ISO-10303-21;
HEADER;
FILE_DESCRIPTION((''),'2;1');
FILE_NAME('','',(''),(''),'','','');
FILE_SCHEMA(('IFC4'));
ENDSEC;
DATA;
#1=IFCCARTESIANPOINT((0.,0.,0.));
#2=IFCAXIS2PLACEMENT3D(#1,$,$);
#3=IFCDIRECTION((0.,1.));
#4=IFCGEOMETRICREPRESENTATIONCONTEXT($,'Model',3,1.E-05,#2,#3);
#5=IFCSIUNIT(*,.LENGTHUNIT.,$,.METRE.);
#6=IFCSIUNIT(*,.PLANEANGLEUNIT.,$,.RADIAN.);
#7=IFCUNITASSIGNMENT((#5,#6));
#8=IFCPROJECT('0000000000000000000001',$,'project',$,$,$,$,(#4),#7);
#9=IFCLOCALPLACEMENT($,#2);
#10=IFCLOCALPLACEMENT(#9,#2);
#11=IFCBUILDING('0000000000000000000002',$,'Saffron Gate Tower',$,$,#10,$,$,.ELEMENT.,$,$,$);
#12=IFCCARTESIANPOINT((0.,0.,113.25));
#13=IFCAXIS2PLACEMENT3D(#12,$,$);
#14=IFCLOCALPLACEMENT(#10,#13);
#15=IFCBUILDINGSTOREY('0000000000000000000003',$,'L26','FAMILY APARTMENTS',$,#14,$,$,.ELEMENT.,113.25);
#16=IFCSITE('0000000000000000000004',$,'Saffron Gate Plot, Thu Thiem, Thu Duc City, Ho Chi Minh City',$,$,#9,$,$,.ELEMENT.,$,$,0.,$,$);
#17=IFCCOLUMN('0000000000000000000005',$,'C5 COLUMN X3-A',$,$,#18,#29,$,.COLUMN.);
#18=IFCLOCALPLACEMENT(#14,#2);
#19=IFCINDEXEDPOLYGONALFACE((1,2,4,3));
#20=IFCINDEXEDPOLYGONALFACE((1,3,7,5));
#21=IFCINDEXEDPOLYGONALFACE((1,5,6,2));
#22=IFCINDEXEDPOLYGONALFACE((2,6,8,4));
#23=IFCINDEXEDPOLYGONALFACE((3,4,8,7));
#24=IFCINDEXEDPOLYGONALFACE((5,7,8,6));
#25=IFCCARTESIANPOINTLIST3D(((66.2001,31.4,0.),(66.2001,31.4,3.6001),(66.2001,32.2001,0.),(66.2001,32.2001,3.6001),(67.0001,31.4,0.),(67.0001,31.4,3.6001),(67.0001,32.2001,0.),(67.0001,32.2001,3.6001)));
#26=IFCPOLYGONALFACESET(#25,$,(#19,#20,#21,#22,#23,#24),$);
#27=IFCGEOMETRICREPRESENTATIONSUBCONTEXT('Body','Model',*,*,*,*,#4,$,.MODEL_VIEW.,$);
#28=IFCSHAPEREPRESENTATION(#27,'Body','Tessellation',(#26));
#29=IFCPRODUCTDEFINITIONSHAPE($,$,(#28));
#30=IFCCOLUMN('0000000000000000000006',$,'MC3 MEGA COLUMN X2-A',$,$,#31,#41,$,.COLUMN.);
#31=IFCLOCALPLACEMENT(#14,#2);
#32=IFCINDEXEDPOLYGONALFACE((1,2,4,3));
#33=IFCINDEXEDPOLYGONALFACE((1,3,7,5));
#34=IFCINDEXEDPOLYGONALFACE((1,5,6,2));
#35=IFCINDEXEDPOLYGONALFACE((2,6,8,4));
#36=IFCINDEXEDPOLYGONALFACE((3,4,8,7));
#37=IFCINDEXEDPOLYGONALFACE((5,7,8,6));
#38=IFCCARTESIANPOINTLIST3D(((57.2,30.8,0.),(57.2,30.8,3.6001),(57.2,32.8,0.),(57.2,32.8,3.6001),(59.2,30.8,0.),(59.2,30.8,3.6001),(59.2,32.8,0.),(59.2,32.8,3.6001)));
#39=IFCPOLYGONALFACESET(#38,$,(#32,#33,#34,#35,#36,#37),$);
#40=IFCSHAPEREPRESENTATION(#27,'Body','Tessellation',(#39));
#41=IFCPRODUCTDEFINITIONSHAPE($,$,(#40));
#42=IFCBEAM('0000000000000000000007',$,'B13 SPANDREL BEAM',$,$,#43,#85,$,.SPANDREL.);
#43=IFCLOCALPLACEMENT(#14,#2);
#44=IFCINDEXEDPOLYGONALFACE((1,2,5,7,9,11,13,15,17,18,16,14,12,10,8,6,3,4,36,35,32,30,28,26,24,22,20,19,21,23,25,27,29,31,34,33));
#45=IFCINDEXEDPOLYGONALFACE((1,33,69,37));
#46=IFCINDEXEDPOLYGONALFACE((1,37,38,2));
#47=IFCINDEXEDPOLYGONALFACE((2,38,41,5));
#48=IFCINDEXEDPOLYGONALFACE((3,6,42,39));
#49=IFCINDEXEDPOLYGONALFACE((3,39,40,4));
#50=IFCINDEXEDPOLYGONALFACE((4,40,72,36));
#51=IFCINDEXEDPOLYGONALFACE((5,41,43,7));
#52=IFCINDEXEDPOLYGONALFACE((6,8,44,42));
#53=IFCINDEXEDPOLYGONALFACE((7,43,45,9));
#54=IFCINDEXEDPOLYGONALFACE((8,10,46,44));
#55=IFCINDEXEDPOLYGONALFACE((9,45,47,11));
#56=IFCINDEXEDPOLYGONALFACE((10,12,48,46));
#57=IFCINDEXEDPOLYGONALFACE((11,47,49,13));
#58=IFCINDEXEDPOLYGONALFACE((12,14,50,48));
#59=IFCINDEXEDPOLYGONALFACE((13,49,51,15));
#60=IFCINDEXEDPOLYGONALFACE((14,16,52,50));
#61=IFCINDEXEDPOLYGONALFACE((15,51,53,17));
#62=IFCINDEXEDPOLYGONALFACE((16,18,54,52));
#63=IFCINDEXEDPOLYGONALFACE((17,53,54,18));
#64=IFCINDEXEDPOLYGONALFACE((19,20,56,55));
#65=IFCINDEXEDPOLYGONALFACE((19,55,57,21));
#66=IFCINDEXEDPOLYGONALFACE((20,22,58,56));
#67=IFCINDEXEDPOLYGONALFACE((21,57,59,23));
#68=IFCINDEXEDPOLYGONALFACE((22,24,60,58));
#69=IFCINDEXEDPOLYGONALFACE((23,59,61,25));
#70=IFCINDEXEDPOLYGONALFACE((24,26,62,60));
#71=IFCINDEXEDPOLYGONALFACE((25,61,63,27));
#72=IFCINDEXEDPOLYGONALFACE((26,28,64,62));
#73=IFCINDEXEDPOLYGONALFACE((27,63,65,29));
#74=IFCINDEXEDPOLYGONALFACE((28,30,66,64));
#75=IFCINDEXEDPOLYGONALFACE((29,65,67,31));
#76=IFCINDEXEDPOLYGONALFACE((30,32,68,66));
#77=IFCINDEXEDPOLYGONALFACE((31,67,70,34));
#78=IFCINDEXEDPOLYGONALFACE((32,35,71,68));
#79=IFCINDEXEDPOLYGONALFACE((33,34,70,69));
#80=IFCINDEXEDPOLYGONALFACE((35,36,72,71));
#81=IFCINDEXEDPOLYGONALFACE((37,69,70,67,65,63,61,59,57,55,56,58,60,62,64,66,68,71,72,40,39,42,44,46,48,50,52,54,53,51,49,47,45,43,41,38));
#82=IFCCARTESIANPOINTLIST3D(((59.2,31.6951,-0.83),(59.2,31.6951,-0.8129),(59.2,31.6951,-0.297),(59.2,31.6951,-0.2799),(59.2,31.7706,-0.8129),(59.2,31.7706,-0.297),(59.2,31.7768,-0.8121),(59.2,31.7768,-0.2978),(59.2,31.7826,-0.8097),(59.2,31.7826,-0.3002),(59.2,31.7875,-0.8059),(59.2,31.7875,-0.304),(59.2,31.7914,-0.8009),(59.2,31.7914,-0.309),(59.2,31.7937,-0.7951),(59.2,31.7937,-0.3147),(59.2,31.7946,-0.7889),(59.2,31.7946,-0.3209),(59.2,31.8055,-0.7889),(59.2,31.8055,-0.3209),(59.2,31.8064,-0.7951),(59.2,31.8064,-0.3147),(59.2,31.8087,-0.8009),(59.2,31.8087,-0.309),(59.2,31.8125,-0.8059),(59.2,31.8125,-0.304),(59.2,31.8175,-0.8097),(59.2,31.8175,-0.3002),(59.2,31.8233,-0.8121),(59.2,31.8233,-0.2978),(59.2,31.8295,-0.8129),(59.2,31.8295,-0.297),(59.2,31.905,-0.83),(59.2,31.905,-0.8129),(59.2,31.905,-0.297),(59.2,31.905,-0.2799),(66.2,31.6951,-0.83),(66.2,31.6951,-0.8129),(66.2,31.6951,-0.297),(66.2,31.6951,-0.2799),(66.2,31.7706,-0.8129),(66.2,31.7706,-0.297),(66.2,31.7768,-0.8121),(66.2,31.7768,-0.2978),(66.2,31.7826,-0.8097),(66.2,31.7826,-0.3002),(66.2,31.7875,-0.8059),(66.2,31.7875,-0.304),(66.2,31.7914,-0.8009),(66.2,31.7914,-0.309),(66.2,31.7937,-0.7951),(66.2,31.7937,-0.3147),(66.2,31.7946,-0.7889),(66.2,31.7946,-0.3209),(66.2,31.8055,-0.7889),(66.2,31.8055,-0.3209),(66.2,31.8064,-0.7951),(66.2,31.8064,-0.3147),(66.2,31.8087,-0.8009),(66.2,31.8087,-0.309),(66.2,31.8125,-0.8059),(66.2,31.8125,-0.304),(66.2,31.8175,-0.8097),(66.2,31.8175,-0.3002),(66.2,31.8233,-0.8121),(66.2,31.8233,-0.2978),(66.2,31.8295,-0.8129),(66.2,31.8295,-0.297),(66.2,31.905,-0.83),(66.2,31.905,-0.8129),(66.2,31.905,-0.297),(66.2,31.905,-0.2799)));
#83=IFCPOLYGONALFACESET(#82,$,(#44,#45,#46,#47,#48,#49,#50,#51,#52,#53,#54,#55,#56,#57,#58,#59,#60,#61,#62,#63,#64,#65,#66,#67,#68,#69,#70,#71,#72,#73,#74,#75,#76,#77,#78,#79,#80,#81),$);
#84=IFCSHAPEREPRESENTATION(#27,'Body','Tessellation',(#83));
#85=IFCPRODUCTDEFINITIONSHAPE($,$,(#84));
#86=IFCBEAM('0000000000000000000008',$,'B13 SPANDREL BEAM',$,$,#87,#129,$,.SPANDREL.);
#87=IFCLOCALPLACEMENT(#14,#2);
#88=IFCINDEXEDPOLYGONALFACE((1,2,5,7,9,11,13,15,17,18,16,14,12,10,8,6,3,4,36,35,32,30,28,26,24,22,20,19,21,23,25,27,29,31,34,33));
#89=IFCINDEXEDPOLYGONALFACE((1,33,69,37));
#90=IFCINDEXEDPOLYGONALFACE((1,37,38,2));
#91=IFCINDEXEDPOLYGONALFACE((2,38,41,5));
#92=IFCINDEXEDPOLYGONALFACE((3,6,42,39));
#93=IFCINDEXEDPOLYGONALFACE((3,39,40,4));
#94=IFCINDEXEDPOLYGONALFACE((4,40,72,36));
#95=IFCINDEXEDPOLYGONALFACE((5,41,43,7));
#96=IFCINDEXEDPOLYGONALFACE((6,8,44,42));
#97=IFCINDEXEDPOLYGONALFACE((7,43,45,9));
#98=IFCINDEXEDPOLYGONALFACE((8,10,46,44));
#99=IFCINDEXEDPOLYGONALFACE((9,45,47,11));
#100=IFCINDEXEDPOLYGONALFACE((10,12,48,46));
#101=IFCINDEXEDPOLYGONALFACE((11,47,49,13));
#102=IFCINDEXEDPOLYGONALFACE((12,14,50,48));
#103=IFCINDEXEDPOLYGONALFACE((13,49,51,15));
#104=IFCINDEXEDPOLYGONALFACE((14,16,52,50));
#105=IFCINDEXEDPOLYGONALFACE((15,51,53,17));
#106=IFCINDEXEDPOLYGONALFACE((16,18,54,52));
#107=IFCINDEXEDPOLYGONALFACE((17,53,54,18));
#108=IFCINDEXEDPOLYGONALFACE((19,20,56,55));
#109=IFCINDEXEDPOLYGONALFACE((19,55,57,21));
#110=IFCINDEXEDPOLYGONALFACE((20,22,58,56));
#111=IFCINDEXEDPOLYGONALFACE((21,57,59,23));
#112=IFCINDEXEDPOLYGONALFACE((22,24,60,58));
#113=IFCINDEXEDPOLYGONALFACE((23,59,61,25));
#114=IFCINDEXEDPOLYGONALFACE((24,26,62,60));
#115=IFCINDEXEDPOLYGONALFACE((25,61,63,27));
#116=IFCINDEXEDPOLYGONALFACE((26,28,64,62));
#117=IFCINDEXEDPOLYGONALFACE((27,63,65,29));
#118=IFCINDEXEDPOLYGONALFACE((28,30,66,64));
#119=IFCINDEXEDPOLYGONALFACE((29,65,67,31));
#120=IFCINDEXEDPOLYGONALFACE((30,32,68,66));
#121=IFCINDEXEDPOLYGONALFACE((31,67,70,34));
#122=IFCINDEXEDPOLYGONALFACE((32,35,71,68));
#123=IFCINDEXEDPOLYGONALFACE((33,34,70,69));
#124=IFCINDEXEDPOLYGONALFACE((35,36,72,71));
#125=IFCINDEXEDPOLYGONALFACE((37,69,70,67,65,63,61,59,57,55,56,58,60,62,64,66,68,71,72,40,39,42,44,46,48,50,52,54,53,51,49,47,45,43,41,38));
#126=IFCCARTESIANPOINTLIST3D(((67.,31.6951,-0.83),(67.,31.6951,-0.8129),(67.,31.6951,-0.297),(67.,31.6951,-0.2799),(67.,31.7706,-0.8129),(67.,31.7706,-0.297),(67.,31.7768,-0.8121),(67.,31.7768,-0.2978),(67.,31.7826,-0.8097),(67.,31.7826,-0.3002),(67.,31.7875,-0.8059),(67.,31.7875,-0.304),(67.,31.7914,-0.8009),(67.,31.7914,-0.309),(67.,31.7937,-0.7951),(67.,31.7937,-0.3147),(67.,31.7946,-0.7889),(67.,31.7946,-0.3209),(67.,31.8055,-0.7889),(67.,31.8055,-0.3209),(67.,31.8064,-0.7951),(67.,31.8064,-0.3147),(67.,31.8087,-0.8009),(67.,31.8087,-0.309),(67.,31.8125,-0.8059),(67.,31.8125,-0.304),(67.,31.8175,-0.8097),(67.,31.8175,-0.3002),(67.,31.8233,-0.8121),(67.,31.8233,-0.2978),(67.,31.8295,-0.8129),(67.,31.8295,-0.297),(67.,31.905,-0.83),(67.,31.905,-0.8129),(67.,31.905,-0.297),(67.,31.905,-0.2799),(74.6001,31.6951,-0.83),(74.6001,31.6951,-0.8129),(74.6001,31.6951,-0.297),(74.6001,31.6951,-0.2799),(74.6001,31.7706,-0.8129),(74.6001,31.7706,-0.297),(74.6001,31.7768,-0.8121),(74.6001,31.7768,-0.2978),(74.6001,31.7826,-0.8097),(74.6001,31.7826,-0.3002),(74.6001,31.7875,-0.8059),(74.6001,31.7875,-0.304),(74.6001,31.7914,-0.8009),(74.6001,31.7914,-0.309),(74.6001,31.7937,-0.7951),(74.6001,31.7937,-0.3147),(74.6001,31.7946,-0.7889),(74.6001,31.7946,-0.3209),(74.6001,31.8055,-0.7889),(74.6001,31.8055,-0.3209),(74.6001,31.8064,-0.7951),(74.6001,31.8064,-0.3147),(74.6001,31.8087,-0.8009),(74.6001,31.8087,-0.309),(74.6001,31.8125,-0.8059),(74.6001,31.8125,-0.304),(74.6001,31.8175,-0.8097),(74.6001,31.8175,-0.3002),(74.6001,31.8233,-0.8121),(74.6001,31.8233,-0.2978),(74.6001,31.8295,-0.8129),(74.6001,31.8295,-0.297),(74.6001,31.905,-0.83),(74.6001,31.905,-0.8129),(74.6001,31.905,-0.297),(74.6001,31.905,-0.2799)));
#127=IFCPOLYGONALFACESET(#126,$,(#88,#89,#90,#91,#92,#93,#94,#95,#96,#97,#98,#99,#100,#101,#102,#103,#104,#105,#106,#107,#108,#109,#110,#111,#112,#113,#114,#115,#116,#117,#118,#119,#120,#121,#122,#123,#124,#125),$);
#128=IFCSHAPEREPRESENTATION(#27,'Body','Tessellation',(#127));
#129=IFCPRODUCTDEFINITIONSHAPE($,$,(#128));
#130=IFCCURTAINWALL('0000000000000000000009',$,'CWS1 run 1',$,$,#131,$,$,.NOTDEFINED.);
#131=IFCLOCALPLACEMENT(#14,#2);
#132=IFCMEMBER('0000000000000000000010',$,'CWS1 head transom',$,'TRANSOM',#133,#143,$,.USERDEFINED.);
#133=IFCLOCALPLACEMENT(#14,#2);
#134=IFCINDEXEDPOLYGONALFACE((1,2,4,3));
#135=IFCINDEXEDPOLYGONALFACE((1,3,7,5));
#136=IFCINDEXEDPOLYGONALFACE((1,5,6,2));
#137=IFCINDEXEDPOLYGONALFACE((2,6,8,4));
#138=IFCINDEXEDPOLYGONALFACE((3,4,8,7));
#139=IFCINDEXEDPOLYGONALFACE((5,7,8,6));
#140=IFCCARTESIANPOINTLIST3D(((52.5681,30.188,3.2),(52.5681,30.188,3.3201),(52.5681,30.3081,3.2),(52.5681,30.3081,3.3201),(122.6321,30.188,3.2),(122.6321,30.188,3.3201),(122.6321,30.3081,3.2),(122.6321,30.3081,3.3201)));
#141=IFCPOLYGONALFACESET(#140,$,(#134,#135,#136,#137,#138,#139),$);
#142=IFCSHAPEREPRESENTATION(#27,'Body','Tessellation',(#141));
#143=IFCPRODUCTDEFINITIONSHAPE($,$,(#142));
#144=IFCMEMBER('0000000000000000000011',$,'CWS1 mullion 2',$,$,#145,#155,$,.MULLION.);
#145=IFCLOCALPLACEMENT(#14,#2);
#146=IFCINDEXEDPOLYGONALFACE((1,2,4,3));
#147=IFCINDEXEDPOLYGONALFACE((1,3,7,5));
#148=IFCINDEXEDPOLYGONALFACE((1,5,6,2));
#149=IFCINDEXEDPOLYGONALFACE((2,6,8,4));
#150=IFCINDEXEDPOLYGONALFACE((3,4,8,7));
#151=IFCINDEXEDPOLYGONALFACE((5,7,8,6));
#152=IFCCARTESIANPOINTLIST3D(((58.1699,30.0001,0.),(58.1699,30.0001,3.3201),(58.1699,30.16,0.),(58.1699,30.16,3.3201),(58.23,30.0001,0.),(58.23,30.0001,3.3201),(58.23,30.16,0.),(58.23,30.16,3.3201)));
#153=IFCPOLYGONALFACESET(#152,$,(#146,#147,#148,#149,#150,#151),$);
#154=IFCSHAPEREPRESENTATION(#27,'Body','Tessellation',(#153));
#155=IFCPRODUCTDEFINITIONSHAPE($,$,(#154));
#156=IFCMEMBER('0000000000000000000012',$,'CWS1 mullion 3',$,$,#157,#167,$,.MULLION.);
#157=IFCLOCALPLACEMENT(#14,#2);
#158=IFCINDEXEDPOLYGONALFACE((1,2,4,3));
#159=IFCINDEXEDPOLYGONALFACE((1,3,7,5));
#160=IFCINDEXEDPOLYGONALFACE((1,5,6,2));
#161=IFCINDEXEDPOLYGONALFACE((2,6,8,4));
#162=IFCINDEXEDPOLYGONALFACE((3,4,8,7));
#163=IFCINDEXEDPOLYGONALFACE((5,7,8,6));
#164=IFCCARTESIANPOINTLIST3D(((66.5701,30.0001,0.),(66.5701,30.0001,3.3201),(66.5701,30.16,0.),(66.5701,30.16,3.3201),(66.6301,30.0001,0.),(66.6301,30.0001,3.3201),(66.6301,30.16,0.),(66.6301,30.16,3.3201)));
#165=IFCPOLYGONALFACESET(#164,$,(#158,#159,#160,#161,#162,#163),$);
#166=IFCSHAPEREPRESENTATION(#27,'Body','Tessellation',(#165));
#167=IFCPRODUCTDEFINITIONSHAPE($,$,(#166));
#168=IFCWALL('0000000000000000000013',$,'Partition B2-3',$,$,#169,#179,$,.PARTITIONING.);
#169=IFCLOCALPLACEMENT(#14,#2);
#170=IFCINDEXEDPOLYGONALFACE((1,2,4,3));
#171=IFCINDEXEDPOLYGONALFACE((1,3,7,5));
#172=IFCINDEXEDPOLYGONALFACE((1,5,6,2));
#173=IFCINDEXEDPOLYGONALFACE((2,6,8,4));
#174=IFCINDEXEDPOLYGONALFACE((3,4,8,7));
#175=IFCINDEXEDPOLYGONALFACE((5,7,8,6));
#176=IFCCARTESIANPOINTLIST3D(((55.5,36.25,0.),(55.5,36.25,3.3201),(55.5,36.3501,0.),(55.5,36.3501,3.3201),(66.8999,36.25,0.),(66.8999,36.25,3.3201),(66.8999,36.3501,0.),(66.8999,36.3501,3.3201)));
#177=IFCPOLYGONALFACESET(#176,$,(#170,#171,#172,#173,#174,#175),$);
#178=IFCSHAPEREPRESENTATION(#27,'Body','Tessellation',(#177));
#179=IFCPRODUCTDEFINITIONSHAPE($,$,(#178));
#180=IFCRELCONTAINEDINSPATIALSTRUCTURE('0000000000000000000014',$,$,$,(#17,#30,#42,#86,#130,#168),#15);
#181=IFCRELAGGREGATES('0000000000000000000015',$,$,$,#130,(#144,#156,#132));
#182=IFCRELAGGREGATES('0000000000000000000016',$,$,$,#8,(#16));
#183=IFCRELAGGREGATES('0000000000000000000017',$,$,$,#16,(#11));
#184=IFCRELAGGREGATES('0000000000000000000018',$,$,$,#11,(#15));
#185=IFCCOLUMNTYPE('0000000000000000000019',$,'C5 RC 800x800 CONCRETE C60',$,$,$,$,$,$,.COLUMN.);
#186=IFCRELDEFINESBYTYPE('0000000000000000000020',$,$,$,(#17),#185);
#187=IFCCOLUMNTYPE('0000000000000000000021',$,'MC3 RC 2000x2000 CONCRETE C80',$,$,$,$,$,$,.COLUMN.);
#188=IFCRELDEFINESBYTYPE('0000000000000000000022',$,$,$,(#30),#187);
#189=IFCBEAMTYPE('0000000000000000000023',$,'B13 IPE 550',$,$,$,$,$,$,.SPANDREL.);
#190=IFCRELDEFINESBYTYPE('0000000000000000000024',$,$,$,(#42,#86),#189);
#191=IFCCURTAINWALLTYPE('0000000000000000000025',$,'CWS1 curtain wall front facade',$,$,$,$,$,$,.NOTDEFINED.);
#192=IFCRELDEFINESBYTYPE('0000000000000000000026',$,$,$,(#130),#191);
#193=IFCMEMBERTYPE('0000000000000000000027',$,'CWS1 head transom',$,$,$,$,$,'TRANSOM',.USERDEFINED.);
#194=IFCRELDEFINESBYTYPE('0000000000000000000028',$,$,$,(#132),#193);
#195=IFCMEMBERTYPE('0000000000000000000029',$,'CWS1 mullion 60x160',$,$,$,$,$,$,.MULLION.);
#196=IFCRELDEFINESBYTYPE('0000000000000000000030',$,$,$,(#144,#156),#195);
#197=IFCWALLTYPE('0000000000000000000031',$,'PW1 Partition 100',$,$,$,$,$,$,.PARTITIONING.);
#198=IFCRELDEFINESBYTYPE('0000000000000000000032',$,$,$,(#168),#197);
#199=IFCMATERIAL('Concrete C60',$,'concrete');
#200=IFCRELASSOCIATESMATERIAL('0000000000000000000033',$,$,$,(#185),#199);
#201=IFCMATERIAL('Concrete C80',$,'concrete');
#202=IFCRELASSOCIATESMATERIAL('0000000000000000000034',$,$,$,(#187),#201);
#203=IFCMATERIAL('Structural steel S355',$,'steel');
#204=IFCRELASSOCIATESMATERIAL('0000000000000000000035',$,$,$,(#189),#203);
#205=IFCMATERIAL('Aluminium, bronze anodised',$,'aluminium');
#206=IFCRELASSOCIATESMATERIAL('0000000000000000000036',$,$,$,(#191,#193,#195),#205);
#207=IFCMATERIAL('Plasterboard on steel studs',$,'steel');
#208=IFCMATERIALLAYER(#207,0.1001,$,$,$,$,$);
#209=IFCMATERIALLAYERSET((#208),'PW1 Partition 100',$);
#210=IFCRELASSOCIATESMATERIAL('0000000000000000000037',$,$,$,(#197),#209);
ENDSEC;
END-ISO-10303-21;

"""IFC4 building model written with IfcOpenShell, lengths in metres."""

from ifc_helpers import new_model, si_unit, direction, frame, frame_2d, origin, origin_2d, place, context, subcontext, project, spatial, rectangle, i_section, extrude, material, layer, layer_set, material_profile, profile_set, type_object, element, aggregate, save


model = new_model("IFC4")

# Units and contexts
model_context = context("Model", 3, precision=1e-05, world=origin(), true_north=direction((0.0, 1.0)))
body_context = subcontext(model_context, "Body", "Model", "MODEL_VIEW")
ifc_project = project(units=[si_unit("LENGTHUNIT", "METRE"), si_unit("PLANEANGLEUNIT", "RADIAN")], contexts=[model_context])

# Site, building, storey
site_placement = place(None, origin())
site = spatial("IfcSite", under=ifc_project, at=site_placement, Name="Saffron Gate Plot, Thu Thiem, Thu Duc City, Ho Chi Minh City", CompositionType="ELEMENT", RefElevation=0.0)
building_placement = place(site_placement, origin())
building = spatial("IfcBuilding", under=site, at=building_placement, Name="Saffron Gate Tower", CompositionType="ELEMENT")
storey_placement = place(building_placement, frame((0.0, 0.0, 113.25)))
storey = spatial("IfcBuildingStorey", under=building, at=storey_placement, Name="L26", Description="FAMILY APARTMENTS", CompositionType="ELEMENT", Elevation=113.25)

# Columns
ifc_material_1 = material(Name="Concrete C60", Category="concrete")
ifc_material_profile_1 = material_profile(ifc_material_1, rectangle(XDim=0.8, YDim=0.8, at=origin_2d()))
ifc_profile_set_1 = profile_set([ifc_material_profile_1], Name="Concrete C60")
column_type_1 = type_object("IfcColumnType", Name="C5 RC 800x800 CONCRETE C60", PredefinedType="COLUMN", material=ifc_profile_set_1)
column_1_placement = place(storey_placement, frame((66.6001, 31.8, 0.0), z_axis=(0.0, 0.0, 1.0), x_axis=(1.0, 0.0, 0.0)))
element("IfcColumn", 1, at=column_1_placement, inside=storey, type_object=column_type_1, Name="C5 COLUMN X3-A", PredefinedType="COLUMN", context=body_context, shape_type="SweptSolid", body=[
    extrude(rectangle(XDim=0.8, YDim=0.8, at=origin_2d()), origin(), (0.0, 0.0, 1.0), 3.6001),
])
ifc_material_2 = material(Name="Concrete C80", Category="concrete")
ifc_material_profile_2 = material_profile(ifc_material_2, rectangle(XDim=2.0, YDim=2.0, at=origin_2d()))
ifc_profile_set_2 = profile_set([ifc_material_profile_2], Name="Concrete C80")
column_type_2 = type_object("IfcColumnType", Name="MC3 RC 2000x2000 CONCRETE C80", PredefinedType="COLUMN", material=ifc_profile_set_2)
column_2_placement = place(storey_placement, frame((58.2, 31.8, 0.0), z_axis=(0.0, 0.0, 1.0), x_axis=(1.0, 0.0, 0.0)))
element("IfcColumn", 2, at=column_2_placement, inside=storey, type_object=column_type_2, Name="MC3 MEGA COLUMN X2-A", PredefinedType="COLUMN", context=body_context, shape_type="SweptSolid", body=[
    extrude(rectangle(XDim=2.0, YDim=2.0, at=origin_2d()), origin(), (0.0, 0.0, 1.0), 3.6001),
])

# Beams
ifc_material_3 = material(Name="Structural steel S355", Category="steel")
ifc_material_profile_3 = material_profile(ifc_material_3, i_section(OverallWidth=0.21, OverallDepth=0.55, WebThickness=0.011, FlangeThickness=0.0171, FilletRadius=0.0239, at=origin_2d()))
ifc_profile_set_3 = profile_set([ifc_material_profile_3], Name="Structural steel S355")
beam_type = type_object("IfcBeamType", Name="B13 IPE 550", PredefinedType="SPANDREL", material=ifc_profile_set_3)
beam_1_placement = place(storey_placement, frame((59.2, 31.8, -0.5549), z_axis=(1.0, 0.0, 0.0), x_axis=(0.0, 1.0, 0.0)))
element("IfcBeam", 3, at=beam_1_placement, inside=storey, type_object=beam_type, Name="B13 SPANDREL BEAM", PredefinedType="SPANDREL", context=body_context, shape_type="SweptSolid", body=[
    extrude(i_section(OverallWidth=0.21, OverallDepth=0.55, WebThickness=0.011, FlangeThickness=0.0171, FilletRadius=0.0239, at=origin_2d()), origin(), (0.0, 0.0, 1.0), 7.0),
])
beam_2_placement = place(storey_placement, frame((67.0, 31.8, -0.5549), z_axis=(1.0, 0.0, 0.0), x_axis=(0.0, 1.0, 0.0)))
element("IfcBeam", 4, at=beam_2_placement, inside=storey, type_object=beam_type, Name="B13 SPANDREL BEAM", PredefinedType="SPANDREL", context=body_context, shape_type="SweptSolid", body=[
    extrude(i_section(OverallWidth=0.21, OverallDepth=0.55, WebThickness=0.011, FlangeThickness=0.0171, FilletRadius=0.0239, at=origin_2d()), origin(), (0.0, 0.0, 1.0), 7.6001),
])

# Curtain wall, members
ifc_material_4 = material(Name="Aluminium, bronze anodised", Category="aluminium")
curtain_wall_type = type_object("IfcCurtainWallType", Name="CWS1 curtain wall front facade", PredefinedType="NOTDEFINED", material=ifc_material_4)
curtain_wall_placement = place(storey_placement, origin())
curtain_wall = element("IfcCurtainWall", 5, at=curtain_wall_placement, inside=storey, type_object=curtain_wall_type, Name="CWS1 run 1", PredefinedType="NOTDEFINED")
ifc_material_profile_4 = material_profile(ifc_material_4, rectangle(XDim=0.1201, YDim=0.1201, at=origin_2d()))
ifc_profile_set_4 = profile_set([ifc_material_profile_4], Name="Aluminium, bronze anodised")
member_type_1 = type_object("IfcMemberType", Name="CWS1 head transom", ElementType="TRANSOM", PredefinedType="USERDEFINED", material=ifc_profile_set_4)
member_1_placement = place(storey_placement, frame((52.5681, 30.248, 3.26), z_axis=(1.0, 0.0, 0.0), x_axis=(0.0, 1.0, 0.0)))
member_1 = element("IfcMember", 6, at=member_1_placement, type_object=member_type_1, Name="CWS1 head transom", ObjectType="TRANSOM", PredefinedType="USERDEFINED", context=body_context, shape_type="SweptSolid", body=[
    extrude(rectangle(XDim=0.1201, YDim=0.1201, at=origin_2d()), origin(), (0.0, 0.0, 1.0), 70.064),
])
ifc_material_profile_5 = material_profile(ifc_material_4, rectangle(XDim=0.1599, YDim=0.0601, at=origin_2d()))
ifc_profile_set_5 = profile_set([ifc_material_profile_5], Name="Aluminium, bronze anodised")
member_type_2 = type_object("IfcMemberType", Name="CWS1 mullion 60x160", PredefinedType="MULLION", material=ifc_profile_set_5)
member_2_placement = place(storey_placement, frame((58.2, 30.0801, 0.0), z_axis=(0.0, 0.0, 1.0), x_axis=(0.0, 1.0, 0.0)))
member_2 = element("IfcMember", 7, at=member_2_placement, type_object=member_type_2, Name="CWS1 mullion 2", PredefinedType="MULLION", context=body_context, shape_type="SweptSolid", body=[
    extrude(rectangle(XDim=0.1599, YDim=0.0601, at=origin_2d()), origin(), (0.0, 0.0, 1.0), 3.3201),
])
member_3_placement = place(storey_placement, frame((66.6001, 30.0801, 0.0), z_axis=(0.0, 0.0, 1.0), x_axis=(0.0, 1.0, 0.0)))
member_3 = element("IfcMember", 8, at=member_3_placement, type_object=member_type_2, Name="CWS1 mullion 3", PredefinedType="MULLION", context=body_context, shape_type="SweptSolid", body=[
    extrude(rectangle(XDim=0.1599, YDim=0.0601, at=origin_2d()), origin(), (0.0, 0.0, 1.0), 3.3201),
])
aggregate(curtain_wall, [member_2, member_3, member_1])

# Wall
ifc_material_5 = material(Name="Plasterboard on steel studs", Category="steel")
ifc_layer = layer(ifc_material_5, 0.1001)
ifc_layer_set = layer_set([ifc_layer], Name="PW1 Partition 100")
wall_type = type_object("IfcWallType", Name="PW1 Partition 100", PredefinedType="PARTITIONING", material=ifc_layer_set)
wall_1_placement = place(storey_placement, frame((55.5, 36.3, 0.0), z_axis=(0.0, 0.0, 1.0), x_axis=(1.0, 0.0, 0.0)))
element("IfcWall", 9, at=wall_1_placement, inside=storey, type_object=wall_type, Name="Partition B2-3", PredefinedType="PARTITIONING", context=body_context, shape_type="SweptSolid", body=[
    extrude(rectangle(XDim=11.3999, YDim=0.1001, at=frame_2d((5.7, 0.0))), origin(), (0.0, 0.0, 1.0), 3.3201),
])

save(model, "model.ifc")
